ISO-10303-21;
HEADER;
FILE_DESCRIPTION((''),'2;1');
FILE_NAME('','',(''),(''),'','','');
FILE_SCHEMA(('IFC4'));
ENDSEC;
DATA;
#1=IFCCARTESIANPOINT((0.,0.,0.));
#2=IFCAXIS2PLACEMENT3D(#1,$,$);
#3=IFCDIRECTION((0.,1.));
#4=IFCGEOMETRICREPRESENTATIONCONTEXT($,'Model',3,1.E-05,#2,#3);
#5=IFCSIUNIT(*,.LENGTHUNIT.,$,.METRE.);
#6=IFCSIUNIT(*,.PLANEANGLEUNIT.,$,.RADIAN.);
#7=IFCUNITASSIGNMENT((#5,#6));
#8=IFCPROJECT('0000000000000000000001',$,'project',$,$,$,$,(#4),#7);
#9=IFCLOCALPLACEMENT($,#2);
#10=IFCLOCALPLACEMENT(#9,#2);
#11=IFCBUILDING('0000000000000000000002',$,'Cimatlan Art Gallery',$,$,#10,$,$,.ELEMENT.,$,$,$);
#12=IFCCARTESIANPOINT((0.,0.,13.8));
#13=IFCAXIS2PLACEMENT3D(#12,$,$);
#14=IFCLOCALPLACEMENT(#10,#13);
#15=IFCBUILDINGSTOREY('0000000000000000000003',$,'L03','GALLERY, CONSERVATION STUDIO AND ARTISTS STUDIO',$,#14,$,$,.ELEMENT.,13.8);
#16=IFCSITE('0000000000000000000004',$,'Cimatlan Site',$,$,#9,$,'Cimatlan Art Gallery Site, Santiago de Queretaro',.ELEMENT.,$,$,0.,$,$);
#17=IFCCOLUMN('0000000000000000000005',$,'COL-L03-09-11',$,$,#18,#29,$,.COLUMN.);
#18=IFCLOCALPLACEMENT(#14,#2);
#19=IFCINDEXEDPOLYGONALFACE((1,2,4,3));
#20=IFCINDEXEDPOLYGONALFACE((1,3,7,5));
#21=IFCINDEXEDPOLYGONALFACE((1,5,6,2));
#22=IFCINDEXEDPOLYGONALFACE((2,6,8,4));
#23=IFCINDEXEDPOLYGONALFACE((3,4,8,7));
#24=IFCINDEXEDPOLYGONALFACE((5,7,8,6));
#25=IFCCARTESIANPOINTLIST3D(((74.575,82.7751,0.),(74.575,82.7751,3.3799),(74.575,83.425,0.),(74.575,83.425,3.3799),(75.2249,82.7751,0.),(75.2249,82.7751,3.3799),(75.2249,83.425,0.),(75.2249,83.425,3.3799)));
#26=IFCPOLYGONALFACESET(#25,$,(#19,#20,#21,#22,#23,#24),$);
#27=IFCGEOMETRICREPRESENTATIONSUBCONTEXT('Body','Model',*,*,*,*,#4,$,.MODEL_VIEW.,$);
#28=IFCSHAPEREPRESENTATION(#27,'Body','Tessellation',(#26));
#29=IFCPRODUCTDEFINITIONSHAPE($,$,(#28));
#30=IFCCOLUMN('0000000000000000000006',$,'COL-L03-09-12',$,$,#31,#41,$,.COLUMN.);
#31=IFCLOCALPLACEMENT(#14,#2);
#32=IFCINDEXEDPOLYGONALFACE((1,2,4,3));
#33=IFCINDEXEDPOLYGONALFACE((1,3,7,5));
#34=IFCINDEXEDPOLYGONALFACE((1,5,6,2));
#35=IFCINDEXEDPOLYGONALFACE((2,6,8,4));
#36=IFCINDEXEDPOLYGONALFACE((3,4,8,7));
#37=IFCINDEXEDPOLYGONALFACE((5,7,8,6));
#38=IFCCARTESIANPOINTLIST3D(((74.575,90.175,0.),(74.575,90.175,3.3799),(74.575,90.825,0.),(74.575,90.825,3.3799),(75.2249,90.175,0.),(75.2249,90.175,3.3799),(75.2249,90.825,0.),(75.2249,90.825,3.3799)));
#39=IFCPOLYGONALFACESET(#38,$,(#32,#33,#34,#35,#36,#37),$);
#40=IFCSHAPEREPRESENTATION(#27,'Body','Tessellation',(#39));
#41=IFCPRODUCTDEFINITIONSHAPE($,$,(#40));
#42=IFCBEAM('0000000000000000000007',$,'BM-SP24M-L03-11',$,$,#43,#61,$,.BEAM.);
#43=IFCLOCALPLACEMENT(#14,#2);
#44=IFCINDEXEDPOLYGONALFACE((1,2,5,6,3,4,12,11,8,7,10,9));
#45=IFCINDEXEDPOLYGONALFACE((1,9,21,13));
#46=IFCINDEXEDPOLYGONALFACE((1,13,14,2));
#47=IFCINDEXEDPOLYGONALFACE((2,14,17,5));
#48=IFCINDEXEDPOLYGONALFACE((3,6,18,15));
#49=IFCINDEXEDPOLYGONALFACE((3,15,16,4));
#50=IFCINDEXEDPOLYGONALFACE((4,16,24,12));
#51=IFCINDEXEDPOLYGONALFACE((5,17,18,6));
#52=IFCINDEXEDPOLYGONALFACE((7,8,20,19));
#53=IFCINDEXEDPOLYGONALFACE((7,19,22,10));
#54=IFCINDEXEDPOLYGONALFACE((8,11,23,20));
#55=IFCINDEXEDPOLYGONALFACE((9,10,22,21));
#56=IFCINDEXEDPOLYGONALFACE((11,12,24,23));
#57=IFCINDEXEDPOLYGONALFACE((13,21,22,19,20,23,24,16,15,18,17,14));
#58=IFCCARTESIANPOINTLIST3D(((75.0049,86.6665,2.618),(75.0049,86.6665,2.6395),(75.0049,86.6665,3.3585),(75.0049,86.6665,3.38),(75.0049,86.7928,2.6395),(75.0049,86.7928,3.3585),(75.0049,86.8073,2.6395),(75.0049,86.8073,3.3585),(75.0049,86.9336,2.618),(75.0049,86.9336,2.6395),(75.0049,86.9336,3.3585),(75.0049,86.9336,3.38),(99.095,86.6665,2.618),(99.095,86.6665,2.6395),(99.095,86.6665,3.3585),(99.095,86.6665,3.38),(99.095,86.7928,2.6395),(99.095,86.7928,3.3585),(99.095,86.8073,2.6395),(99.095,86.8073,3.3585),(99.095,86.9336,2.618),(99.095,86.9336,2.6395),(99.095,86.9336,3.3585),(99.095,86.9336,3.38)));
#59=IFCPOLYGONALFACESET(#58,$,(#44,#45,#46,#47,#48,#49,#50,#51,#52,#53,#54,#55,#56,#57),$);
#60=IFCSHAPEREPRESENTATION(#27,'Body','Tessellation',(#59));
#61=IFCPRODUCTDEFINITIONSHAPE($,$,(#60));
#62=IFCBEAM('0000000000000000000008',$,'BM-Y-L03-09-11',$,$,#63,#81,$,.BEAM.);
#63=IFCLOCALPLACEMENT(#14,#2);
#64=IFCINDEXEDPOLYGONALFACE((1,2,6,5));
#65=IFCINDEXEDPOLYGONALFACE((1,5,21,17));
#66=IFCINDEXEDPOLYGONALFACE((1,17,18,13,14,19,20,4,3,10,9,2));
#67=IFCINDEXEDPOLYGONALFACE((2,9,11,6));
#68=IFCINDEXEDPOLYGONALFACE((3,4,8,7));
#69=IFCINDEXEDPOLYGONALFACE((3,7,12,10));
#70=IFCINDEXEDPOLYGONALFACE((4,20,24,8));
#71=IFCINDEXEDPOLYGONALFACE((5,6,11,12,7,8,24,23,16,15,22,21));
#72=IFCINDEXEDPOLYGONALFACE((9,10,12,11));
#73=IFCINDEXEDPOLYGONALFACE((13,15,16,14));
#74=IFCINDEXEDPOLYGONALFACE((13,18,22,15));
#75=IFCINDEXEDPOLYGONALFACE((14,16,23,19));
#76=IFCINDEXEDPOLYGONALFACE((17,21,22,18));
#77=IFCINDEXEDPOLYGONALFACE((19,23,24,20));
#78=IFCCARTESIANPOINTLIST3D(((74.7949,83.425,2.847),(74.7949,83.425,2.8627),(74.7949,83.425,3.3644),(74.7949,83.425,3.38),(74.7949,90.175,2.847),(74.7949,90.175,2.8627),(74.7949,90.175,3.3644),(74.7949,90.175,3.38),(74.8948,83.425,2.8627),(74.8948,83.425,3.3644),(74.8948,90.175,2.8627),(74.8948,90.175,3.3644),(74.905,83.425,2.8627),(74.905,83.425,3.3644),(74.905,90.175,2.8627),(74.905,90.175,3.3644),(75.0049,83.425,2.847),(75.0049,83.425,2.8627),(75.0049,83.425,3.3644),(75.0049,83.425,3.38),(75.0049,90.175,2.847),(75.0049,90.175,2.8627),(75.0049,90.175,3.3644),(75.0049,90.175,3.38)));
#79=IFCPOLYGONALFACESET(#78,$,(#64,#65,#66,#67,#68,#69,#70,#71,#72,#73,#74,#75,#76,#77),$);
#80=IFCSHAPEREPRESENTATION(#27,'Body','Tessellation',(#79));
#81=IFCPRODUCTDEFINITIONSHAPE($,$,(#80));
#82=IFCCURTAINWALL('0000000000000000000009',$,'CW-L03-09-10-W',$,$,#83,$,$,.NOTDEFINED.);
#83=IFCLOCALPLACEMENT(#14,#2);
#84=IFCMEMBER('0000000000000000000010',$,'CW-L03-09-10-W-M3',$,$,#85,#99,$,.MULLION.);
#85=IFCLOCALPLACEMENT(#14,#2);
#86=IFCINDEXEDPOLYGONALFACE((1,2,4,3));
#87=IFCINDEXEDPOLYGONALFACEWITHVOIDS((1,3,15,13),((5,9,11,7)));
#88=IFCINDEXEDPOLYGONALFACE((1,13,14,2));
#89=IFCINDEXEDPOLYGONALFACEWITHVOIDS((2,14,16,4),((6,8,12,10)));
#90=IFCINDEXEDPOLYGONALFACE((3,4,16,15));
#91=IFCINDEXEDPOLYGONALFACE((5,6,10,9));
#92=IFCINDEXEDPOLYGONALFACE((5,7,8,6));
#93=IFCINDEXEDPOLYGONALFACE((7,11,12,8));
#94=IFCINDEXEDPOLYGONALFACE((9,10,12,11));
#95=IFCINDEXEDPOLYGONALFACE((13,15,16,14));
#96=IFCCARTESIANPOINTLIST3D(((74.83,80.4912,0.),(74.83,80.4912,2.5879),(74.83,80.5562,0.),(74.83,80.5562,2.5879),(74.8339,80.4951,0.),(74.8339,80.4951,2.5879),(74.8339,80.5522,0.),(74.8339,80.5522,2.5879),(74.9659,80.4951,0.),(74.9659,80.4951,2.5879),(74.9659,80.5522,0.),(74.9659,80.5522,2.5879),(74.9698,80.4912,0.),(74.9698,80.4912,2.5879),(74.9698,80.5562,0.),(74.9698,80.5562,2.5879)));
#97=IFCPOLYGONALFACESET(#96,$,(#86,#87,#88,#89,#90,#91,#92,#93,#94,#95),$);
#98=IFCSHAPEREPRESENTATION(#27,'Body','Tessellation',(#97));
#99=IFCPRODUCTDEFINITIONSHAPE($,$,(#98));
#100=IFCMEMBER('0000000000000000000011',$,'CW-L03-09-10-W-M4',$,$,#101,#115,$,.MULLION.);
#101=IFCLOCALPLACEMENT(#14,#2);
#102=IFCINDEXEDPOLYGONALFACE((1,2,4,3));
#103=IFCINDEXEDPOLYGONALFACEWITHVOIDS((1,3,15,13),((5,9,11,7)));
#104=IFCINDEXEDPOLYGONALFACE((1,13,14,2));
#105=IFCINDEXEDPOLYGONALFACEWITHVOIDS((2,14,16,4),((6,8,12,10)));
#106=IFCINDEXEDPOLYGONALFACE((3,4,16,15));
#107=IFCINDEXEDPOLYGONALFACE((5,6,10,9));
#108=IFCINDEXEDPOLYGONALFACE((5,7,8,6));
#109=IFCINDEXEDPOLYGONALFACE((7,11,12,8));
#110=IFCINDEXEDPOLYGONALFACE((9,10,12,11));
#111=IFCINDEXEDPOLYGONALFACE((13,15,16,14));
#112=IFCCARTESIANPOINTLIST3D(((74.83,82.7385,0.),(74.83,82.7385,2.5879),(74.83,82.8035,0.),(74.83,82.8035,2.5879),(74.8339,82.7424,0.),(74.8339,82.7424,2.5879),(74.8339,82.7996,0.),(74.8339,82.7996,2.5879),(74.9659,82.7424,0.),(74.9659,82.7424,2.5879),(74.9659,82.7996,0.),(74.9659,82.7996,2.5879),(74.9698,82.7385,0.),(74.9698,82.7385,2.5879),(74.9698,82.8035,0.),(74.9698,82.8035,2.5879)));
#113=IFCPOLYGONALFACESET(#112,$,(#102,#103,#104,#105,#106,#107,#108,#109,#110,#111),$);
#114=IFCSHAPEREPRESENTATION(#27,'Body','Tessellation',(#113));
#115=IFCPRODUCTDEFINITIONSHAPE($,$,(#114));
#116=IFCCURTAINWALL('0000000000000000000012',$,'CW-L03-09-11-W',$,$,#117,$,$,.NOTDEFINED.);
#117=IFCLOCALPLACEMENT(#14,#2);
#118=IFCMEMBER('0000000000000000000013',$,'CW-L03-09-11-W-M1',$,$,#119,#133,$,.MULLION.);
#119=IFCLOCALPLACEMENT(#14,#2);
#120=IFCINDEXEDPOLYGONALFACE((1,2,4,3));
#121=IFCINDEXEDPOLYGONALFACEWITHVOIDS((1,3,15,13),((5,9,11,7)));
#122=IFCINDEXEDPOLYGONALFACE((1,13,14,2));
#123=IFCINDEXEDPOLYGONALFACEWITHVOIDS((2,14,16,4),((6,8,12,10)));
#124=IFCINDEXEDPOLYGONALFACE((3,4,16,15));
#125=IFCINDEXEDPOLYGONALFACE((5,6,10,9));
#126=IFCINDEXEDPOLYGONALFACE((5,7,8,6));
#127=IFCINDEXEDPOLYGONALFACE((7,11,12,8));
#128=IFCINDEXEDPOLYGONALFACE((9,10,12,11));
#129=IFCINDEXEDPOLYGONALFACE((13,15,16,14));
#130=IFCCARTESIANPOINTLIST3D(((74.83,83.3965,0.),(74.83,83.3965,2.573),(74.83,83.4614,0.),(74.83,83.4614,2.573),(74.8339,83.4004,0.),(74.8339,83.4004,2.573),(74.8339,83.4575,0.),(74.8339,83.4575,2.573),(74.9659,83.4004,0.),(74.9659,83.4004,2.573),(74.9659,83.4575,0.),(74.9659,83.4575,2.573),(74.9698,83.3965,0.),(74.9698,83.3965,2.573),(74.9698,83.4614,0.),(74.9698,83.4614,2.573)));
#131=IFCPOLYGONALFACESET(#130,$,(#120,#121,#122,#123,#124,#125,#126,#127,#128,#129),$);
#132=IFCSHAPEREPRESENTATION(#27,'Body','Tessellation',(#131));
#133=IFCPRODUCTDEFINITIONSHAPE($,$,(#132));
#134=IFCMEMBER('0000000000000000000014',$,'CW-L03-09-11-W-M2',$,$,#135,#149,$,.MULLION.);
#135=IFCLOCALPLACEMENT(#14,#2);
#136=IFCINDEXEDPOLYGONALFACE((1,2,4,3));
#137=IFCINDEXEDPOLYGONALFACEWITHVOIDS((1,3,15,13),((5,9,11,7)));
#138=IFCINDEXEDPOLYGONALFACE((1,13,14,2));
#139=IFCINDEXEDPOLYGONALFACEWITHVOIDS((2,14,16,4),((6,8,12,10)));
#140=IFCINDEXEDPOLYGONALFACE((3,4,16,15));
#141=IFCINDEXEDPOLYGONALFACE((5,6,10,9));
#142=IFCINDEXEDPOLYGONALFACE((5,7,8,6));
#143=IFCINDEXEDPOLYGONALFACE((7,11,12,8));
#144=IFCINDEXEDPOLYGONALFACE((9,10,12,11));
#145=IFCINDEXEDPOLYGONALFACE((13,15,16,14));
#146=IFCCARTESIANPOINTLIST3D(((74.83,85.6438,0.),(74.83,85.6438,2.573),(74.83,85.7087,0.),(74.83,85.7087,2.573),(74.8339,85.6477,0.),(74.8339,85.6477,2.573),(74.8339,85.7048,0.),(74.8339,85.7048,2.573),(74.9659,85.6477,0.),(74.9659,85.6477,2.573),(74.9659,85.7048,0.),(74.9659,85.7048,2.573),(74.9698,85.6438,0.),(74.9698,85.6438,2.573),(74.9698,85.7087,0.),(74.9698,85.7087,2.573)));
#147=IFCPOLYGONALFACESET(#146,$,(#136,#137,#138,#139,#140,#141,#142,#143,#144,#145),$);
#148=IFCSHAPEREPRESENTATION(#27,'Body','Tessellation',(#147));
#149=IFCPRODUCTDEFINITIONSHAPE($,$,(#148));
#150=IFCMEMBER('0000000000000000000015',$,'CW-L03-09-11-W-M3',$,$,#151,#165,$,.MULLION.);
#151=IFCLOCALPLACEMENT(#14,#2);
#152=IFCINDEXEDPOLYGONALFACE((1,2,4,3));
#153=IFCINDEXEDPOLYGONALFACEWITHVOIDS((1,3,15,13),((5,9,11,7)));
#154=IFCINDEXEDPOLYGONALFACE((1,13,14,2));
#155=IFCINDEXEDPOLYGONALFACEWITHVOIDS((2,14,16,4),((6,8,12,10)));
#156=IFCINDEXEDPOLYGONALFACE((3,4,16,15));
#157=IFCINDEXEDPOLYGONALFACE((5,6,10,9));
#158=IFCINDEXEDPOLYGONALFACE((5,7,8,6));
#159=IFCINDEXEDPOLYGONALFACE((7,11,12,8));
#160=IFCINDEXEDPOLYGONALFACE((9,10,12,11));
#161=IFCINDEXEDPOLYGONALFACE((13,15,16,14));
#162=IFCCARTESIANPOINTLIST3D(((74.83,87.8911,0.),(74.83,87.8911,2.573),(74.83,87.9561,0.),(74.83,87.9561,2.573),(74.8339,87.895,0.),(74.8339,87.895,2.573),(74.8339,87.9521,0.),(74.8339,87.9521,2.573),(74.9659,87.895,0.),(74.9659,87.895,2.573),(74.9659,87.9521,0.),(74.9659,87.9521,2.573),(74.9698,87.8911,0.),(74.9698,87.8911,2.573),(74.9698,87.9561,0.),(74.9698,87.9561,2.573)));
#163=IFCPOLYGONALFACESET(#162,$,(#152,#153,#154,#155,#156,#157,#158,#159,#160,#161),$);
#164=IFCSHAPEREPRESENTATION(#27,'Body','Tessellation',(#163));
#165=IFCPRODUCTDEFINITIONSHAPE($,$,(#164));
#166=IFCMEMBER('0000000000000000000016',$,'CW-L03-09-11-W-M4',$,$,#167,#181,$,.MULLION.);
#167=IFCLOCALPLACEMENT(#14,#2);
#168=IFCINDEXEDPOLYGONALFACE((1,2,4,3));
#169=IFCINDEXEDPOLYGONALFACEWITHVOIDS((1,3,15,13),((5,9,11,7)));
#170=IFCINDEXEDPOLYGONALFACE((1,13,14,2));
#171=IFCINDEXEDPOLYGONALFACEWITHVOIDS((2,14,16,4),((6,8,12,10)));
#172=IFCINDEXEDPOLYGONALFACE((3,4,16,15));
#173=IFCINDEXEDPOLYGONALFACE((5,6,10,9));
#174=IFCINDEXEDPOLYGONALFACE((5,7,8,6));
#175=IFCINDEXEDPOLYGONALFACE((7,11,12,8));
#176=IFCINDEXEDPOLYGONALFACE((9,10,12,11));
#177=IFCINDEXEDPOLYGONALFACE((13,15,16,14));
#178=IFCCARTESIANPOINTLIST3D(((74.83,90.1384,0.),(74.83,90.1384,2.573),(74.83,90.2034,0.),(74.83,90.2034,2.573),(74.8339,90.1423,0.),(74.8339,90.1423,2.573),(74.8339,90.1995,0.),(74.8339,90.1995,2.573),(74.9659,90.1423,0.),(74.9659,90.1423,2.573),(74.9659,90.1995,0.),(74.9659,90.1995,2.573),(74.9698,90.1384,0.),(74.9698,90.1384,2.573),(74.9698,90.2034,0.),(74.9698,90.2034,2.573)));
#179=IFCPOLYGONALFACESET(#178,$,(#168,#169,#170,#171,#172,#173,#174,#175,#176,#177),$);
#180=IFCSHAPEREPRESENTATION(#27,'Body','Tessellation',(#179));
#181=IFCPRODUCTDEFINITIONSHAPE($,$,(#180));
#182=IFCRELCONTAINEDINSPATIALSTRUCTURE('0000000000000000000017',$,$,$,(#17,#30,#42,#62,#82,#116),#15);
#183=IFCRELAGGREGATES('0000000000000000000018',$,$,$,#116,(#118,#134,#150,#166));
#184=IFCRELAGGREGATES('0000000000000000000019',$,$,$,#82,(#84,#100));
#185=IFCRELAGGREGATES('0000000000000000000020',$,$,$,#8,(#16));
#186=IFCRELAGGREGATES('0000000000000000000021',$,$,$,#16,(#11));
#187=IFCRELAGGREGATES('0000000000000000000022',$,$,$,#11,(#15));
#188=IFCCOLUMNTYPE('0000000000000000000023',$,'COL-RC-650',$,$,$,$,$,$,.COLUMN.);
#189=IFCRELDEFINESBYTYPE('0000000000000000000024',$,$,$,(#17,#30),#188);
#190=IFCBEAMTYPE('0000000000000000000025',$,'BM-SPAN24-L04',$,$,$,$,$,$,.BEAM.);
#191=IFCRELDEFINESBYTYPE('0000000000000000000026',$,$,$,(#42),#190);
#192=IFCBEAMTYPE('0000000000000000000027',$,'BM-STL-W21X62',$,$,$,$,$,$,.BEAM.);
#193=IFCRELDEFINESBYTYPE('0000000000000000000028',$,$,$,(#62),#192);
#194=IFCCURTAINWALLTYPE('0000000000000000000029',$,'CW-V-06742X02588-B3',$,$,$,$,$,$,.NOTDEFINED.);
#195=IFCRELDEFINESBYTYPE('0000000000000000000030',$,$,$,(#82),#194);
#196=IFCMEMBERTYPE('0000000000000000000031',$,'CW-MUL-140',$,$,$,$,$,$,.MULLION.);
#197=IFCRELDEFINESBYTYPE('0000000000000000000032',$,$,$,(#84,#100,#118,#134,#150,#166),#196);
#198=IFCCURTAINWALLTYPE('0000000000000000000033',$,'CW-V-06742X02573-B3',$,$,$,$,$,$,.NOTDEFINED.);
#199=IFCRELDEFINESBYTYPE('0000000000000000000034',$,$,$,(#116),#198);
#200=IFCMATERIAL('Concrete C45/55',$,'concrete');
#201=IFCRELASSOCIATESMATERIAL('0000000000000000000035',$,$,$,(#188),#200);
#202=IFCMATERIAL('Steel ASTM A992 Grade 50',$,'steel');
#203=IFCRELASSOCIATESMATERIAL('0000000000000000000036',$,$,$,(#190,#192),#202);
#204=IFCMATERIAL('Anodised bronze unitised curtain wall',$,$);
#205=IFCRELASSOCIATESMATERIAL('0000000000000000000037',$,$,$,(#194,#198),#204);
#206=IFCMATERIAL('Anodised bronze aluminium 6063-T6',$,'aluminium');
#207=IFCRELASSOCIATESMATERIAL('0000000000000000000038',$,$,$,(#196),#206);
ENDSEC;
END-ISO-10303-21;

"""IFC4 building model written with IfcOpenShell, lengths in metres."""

from ifc_helpers import new_model, si_unit, direction, frame, origin, origin_2d, place, context, subcontext, project, spatial, rectangle, hollow_rectangle, i_section, extrude, material, material_profile, profile_set, type_object, element, aggregate, save


model = new_model("IFC4")

# Units and contexts
model_context = context("Model", 3, precision=1e-05, world=origin(), true_north=direction((0.0, 1.0)))
body_context = subcontext(model_context, "Body", "Model", "MODEL_VIEW")
ifc_project = project(units=[si_unit("LENGTHUNIT", "METRE"), si_unit("PLANEANGLEUNIT", "RADIAN")], contexts=[model_context])

# Site, building, storey
site_placement = place(None, origin())
site = spatial("IfcSite", under=ifc_project, at=site_placement, Name="Cimatlan Site", LongName="Cimatlan Art Gallery Site, Santiago de Queretaro", CompositionType="ELEMENT", RefElevation=0.0)
building_placement = place(site_placement, origin())
building = spatial("IfcBuilding", under=site, at=building_placement, Name="Cimatlan Art Gallery", CompositionType="ELEMENT")
storey_placement = place(building_placement, frame((0.0, 0.0, 13.8)))
storey = spatial("IfcBuildingStorey", under=building, at=storey_placement, Name="L03", Description="GALLERY, CONSERVATION STUDIO AND ARTISTS STUDIO", CompositionType="ELEMENT", Elevation=13.8)

# Columns
ifc_material_1 = material(Name="Concrete C45/55", Category="concrete")
ifc_material_profile_1 = material_profile(ifc_material_1, rectangle(XDim=0.6499, YDim=0.6499, at=origin_2d()), Name="RC650X650")
ifc_profile_set_1 = profile_set([ifc_material_profile_1], Name="Concrete C45/55")
column_type = type_object("IfcColumnType", Name="COL-RC-650", PredefinedType="COLUMN", material=ifc_profile_set_1)
for number, where, z_axis, x_axis, name in (
    (1, (74.8999, 83.1001, 0.0), (0.0, 0.0, 1.0), (1.0, 0.0, 0.0), "COL-L03-09-11"),
    (2, (74.8999, 90.5, 0.0), (0.0, 0.0, 1.0), (1.0, 0.0, 0.0), "COL-L03-09-12"),
):
    element("IfcColumn", number, at=place(storey_placement, frame(where, z_axis=z_axis, x_axis=x_axis)), inside=storey, type_object=column_type, Name=name, PredefinedType="COLUMN", context=body_context, shape_type="SweptSolid", body=[
        extrude(rectangle(XDim=0.6499, YDim=0.6499, at=origin_2d()), origin(), (0.0, 0.0, 1.0), 3.3799),
    ])

# Beams
ifc_material_2 = material(Name="Steel ASTM A992 Grade 50", Category="steel")
ifc_material_profile_2 = material_profile(ifc_material_2, i_section(OverallWidth=0.2671, OverallDepth=0.762, WebThickness=0.0144, FlangeThickness=0.0215, at=origin_2d()), Name="W30X116")
ifc_profile_set_2 = profile_set([ifc_material_profile_2], Name="Steel ASTM A992 Grade 50")
beam_type_1 = type_object("IfcBeamType", Name="BM-SPAN24-L04", PredefinedType="BEAM", material=ifc_profile_set_2)
beam_1_placement = place(storey_placement, frame((75.0049, 86.8, 2.999), z_axis=(1.0, 0.0, 0.0), x_axis=(0.0, 1.0, 0.0)))
element("IfcBeam", 3, at=beam_1_placement, inside=storey, type_object=beam_type_1, Name="BM-SP24M-L03-11", PredefinedType="BEAM", context=body_context, shape_type="SweptSolid", body=[
    extrude(i_section(OverallWidth=0.2671, OverallDepth=0.762, WebThickness=0.0144, FlangeThickness=0.0215, at=origin_2d()), origin(), (0.0, 0.0, 1.0), 24.0901),
])
ifc_material_profile_3 = material_profile(ifc_material_2, i_section(OverallWidth=0.21, OverallDepth=0.533, WebThickness=0.0103, FlangeThickness=0.0156, at=origin_2d()), Name="W21X62")
ifc_profile_set_3 = profile_set([ifc_material_profile_3], Name="Steel ASTM A992 Grade 50")
beam_type_2 = type_object("IfcBeamType", Name="BM-STL-W21X62", PredefinedType="BEAM", material=ifc_profile_set_3)
beam_2_placement = place(storey_placement, frame((74.8999, 83.425, 3.1135), z_axis=(0.0, 1.0, 0.0), x_axis=(-1.0, 0.0, 0.0)))
element("IfcBeam", 4, at=beam_2_placement, inside=storey, type_object=beam_type_2, Name="BM-Y-L03-09-11", PredefinedType="BEAM", context=body_context, shape_type="SweptSolid", body=[
    extrude(i_section(OverallWidth=0.21, OverallDepth=0.533, WebThickness=0.0103, FlangeThickness=0.0156, at=origin_2d()), origin(), (0.0, 0.0, 1.0), 6.75),
])

# Curtain wall, members
ifc_material_3 = material(Name="Anodised bronze unitised curtain wall")
curtain_wall_type_1 = type_object("IfcCurtainWallType", Name="CW-V-06742X02588-B3", PredefinedType="NOTDEFINED", material=ifc_material_3)
curtain_wall_1_placement = place(storey_placement, origin())
curtain_wall_1 = element("IfcCurtainWall", 5, at=curtain_wall_1_placement, inside=storey, type_object=curtain_wall_type_1, Name="CW-L03-09-10-W", PredefinedType="NOTDEFINED")
ifc_material_4 = material(Name="Anodised bronze aluminium 6063-T6", Category="aluminium")
ifc_material_profile_4 = material_profile(ifc_material_4, hollow_rectangle(XDim=0.0649, YDim=0.1399, WallThickness=0.0039, at=origin_2d()), Name="ALU65X140X4")
ifc_profile_set_4 = profile_set([ifc_material_profile_4], Name="Anodised bronze aluminium 6063-T6")
member_type_1 = type_object("IfcMemberType", Name="CW-MUL-140", PredefinedType="MULLION", material=ifc_profile_set_4)
member_1_placement = place(storey_placement, frame((74.8999, 80.5237, 0.0), z_axis=(0.0, 0.0, 1.0), x_axis=(0.0, 1.0, 0.0)))
member_1 = element("IfcMember", 6, at=member_1_placement, type_object=member_type_1, Name="CW-L03-09-10-W-M3", PredefinedType="MULLION", context=body_context, shape_type="SweptSolid", body=[
    extrude(hollow_rectangle(XDim=0.0649, YDim=0.1399, WallThickness=0.0039, at=origin_2d()), origin(), (0.0, 0.0, 1.0), 2.5879),
])
member_2_placement = place(storey_placement, frame((74.8999, 82.771, 0.0), z_axis=(0.0, 0.0, 1.0), x_axis=(0.0, 1.0, 0.0)))
member_2 = element("IfcMember", 7, at=member_2_placement, type_object=member_type_1, Name="CW-L03-09-10-W-M4", PredefinedType="MULLION", context=body_context, shape_type="SweptSolid", body=[
    extrude(hollow_rectangle(XDim=0.0649, YDim=0.1399, WallThickness=0.0039, at=origin_2d()), origin(), (0.0, 0.0, 1.0), 2.5879),
])

# Curtain wall, members
curtain_wall_type_2 = type_object("IfcCurtainWallType", Name="CW-V-06742X02573-B3", PredefinedType="NOTDEFINED", material=ifc_material_3)
curtain_wall_2_placement = place(storey_placement, origin())
curtain_wall_2 = element("IfcCurtainWall", 8, at=curtain_wall_2_placement, inside=storey, type_object=curtain_wall_type_2, Name="CW-L03-09-11-W", PredefinedType="NOTDEFINED")
member_3_placement = place(storey_placement, frame((74.8999, 83.429, 0.0), z_axis=(0.0, 0.0, 1.0), x_axis=(0.0, 1.0, 0.0)))
member_3 = element("IfcMember", 9, at=member_3_placement, type_object=member_type_1, Name="CW-L03-09-11-W-M1", PredefinedType="MULLION", context=body_context, shape_type="SweptSolid", body=[
    extrude(hollow_rectangle(XDim=0.0649, YDim=0.1399, WallThickness=0.0039, at=origin_2d()), origin(), (0.0, 0.0, 1.0), 2.573),
])
member_4_placement = place(storey_placement, frame((74.8999, 85.6763, 0.0), z_axis=(0.0, 0.0, 1.0), x_axis=(0.0, 1.0, 0.0)))
member_4 = element("IfcMember", 10, at=member_4_placement, type_object=member_type_1, Name="CW-L03-09-11-W-M2", PredefinedType="MULLION", context=body_context, shape_type="SweptSolid", body=[
    extrude(hollow_rectangle(XDim=0.0649, YDim=0.1399, WallThickness=0.0039, at=origin_2d()), origin(), (0.0, 0.0, 1.0), 2.573),
])
member_5_placement = place(storey_placement, frame((74.8999, 87.9236, 0.0), z_axis=(0.0, 0.0, 1.0), x_axis=(0.0, 1.0, 0.0)))
member_5 = element("IfcMember", 11, at=member_5_placement, type_object=member_type_1, Name="CW-L03-09-11-W-M3", PredefinedType="MULLION", context=body_context, shape_type="SweptSolid", body=[
    extrude(hollow_rectangle(XDim=0.0649, YDim=0.1399, WallThickness=0.0039, at=origin_2d()), origin(), (0.0, 0.0, 1.0), 2.573),
])
member_6_placement = place(storey_placement, frame((74.8999, 90.1709, 0.0), z_axis=(0.0, 0.0, 1.0), x_axis=(0.0, 1.0, 0.0)))
member_6 = element("IfcMember", 12, at=member_6_placement, type_object=member_type_1, Name="CW-L03-09-11-W-M4", PredefinedType="MULLION", context=body_context, shape_type="SweptSolid", body=[
    extrude(hollow_rectangle(XDim=0.0649, YDim=0.1399, WallThickness=0.0039, at=origin_2d()), origin(), (0.0, 0.0, 1.0), 2.573),
])

aggregate(curtain_wall_2, [member_3, member_4, member_5, member_6])
aggregate(curtain_wall_1, [member_1, member_2])

save(model, "model.ifc")
